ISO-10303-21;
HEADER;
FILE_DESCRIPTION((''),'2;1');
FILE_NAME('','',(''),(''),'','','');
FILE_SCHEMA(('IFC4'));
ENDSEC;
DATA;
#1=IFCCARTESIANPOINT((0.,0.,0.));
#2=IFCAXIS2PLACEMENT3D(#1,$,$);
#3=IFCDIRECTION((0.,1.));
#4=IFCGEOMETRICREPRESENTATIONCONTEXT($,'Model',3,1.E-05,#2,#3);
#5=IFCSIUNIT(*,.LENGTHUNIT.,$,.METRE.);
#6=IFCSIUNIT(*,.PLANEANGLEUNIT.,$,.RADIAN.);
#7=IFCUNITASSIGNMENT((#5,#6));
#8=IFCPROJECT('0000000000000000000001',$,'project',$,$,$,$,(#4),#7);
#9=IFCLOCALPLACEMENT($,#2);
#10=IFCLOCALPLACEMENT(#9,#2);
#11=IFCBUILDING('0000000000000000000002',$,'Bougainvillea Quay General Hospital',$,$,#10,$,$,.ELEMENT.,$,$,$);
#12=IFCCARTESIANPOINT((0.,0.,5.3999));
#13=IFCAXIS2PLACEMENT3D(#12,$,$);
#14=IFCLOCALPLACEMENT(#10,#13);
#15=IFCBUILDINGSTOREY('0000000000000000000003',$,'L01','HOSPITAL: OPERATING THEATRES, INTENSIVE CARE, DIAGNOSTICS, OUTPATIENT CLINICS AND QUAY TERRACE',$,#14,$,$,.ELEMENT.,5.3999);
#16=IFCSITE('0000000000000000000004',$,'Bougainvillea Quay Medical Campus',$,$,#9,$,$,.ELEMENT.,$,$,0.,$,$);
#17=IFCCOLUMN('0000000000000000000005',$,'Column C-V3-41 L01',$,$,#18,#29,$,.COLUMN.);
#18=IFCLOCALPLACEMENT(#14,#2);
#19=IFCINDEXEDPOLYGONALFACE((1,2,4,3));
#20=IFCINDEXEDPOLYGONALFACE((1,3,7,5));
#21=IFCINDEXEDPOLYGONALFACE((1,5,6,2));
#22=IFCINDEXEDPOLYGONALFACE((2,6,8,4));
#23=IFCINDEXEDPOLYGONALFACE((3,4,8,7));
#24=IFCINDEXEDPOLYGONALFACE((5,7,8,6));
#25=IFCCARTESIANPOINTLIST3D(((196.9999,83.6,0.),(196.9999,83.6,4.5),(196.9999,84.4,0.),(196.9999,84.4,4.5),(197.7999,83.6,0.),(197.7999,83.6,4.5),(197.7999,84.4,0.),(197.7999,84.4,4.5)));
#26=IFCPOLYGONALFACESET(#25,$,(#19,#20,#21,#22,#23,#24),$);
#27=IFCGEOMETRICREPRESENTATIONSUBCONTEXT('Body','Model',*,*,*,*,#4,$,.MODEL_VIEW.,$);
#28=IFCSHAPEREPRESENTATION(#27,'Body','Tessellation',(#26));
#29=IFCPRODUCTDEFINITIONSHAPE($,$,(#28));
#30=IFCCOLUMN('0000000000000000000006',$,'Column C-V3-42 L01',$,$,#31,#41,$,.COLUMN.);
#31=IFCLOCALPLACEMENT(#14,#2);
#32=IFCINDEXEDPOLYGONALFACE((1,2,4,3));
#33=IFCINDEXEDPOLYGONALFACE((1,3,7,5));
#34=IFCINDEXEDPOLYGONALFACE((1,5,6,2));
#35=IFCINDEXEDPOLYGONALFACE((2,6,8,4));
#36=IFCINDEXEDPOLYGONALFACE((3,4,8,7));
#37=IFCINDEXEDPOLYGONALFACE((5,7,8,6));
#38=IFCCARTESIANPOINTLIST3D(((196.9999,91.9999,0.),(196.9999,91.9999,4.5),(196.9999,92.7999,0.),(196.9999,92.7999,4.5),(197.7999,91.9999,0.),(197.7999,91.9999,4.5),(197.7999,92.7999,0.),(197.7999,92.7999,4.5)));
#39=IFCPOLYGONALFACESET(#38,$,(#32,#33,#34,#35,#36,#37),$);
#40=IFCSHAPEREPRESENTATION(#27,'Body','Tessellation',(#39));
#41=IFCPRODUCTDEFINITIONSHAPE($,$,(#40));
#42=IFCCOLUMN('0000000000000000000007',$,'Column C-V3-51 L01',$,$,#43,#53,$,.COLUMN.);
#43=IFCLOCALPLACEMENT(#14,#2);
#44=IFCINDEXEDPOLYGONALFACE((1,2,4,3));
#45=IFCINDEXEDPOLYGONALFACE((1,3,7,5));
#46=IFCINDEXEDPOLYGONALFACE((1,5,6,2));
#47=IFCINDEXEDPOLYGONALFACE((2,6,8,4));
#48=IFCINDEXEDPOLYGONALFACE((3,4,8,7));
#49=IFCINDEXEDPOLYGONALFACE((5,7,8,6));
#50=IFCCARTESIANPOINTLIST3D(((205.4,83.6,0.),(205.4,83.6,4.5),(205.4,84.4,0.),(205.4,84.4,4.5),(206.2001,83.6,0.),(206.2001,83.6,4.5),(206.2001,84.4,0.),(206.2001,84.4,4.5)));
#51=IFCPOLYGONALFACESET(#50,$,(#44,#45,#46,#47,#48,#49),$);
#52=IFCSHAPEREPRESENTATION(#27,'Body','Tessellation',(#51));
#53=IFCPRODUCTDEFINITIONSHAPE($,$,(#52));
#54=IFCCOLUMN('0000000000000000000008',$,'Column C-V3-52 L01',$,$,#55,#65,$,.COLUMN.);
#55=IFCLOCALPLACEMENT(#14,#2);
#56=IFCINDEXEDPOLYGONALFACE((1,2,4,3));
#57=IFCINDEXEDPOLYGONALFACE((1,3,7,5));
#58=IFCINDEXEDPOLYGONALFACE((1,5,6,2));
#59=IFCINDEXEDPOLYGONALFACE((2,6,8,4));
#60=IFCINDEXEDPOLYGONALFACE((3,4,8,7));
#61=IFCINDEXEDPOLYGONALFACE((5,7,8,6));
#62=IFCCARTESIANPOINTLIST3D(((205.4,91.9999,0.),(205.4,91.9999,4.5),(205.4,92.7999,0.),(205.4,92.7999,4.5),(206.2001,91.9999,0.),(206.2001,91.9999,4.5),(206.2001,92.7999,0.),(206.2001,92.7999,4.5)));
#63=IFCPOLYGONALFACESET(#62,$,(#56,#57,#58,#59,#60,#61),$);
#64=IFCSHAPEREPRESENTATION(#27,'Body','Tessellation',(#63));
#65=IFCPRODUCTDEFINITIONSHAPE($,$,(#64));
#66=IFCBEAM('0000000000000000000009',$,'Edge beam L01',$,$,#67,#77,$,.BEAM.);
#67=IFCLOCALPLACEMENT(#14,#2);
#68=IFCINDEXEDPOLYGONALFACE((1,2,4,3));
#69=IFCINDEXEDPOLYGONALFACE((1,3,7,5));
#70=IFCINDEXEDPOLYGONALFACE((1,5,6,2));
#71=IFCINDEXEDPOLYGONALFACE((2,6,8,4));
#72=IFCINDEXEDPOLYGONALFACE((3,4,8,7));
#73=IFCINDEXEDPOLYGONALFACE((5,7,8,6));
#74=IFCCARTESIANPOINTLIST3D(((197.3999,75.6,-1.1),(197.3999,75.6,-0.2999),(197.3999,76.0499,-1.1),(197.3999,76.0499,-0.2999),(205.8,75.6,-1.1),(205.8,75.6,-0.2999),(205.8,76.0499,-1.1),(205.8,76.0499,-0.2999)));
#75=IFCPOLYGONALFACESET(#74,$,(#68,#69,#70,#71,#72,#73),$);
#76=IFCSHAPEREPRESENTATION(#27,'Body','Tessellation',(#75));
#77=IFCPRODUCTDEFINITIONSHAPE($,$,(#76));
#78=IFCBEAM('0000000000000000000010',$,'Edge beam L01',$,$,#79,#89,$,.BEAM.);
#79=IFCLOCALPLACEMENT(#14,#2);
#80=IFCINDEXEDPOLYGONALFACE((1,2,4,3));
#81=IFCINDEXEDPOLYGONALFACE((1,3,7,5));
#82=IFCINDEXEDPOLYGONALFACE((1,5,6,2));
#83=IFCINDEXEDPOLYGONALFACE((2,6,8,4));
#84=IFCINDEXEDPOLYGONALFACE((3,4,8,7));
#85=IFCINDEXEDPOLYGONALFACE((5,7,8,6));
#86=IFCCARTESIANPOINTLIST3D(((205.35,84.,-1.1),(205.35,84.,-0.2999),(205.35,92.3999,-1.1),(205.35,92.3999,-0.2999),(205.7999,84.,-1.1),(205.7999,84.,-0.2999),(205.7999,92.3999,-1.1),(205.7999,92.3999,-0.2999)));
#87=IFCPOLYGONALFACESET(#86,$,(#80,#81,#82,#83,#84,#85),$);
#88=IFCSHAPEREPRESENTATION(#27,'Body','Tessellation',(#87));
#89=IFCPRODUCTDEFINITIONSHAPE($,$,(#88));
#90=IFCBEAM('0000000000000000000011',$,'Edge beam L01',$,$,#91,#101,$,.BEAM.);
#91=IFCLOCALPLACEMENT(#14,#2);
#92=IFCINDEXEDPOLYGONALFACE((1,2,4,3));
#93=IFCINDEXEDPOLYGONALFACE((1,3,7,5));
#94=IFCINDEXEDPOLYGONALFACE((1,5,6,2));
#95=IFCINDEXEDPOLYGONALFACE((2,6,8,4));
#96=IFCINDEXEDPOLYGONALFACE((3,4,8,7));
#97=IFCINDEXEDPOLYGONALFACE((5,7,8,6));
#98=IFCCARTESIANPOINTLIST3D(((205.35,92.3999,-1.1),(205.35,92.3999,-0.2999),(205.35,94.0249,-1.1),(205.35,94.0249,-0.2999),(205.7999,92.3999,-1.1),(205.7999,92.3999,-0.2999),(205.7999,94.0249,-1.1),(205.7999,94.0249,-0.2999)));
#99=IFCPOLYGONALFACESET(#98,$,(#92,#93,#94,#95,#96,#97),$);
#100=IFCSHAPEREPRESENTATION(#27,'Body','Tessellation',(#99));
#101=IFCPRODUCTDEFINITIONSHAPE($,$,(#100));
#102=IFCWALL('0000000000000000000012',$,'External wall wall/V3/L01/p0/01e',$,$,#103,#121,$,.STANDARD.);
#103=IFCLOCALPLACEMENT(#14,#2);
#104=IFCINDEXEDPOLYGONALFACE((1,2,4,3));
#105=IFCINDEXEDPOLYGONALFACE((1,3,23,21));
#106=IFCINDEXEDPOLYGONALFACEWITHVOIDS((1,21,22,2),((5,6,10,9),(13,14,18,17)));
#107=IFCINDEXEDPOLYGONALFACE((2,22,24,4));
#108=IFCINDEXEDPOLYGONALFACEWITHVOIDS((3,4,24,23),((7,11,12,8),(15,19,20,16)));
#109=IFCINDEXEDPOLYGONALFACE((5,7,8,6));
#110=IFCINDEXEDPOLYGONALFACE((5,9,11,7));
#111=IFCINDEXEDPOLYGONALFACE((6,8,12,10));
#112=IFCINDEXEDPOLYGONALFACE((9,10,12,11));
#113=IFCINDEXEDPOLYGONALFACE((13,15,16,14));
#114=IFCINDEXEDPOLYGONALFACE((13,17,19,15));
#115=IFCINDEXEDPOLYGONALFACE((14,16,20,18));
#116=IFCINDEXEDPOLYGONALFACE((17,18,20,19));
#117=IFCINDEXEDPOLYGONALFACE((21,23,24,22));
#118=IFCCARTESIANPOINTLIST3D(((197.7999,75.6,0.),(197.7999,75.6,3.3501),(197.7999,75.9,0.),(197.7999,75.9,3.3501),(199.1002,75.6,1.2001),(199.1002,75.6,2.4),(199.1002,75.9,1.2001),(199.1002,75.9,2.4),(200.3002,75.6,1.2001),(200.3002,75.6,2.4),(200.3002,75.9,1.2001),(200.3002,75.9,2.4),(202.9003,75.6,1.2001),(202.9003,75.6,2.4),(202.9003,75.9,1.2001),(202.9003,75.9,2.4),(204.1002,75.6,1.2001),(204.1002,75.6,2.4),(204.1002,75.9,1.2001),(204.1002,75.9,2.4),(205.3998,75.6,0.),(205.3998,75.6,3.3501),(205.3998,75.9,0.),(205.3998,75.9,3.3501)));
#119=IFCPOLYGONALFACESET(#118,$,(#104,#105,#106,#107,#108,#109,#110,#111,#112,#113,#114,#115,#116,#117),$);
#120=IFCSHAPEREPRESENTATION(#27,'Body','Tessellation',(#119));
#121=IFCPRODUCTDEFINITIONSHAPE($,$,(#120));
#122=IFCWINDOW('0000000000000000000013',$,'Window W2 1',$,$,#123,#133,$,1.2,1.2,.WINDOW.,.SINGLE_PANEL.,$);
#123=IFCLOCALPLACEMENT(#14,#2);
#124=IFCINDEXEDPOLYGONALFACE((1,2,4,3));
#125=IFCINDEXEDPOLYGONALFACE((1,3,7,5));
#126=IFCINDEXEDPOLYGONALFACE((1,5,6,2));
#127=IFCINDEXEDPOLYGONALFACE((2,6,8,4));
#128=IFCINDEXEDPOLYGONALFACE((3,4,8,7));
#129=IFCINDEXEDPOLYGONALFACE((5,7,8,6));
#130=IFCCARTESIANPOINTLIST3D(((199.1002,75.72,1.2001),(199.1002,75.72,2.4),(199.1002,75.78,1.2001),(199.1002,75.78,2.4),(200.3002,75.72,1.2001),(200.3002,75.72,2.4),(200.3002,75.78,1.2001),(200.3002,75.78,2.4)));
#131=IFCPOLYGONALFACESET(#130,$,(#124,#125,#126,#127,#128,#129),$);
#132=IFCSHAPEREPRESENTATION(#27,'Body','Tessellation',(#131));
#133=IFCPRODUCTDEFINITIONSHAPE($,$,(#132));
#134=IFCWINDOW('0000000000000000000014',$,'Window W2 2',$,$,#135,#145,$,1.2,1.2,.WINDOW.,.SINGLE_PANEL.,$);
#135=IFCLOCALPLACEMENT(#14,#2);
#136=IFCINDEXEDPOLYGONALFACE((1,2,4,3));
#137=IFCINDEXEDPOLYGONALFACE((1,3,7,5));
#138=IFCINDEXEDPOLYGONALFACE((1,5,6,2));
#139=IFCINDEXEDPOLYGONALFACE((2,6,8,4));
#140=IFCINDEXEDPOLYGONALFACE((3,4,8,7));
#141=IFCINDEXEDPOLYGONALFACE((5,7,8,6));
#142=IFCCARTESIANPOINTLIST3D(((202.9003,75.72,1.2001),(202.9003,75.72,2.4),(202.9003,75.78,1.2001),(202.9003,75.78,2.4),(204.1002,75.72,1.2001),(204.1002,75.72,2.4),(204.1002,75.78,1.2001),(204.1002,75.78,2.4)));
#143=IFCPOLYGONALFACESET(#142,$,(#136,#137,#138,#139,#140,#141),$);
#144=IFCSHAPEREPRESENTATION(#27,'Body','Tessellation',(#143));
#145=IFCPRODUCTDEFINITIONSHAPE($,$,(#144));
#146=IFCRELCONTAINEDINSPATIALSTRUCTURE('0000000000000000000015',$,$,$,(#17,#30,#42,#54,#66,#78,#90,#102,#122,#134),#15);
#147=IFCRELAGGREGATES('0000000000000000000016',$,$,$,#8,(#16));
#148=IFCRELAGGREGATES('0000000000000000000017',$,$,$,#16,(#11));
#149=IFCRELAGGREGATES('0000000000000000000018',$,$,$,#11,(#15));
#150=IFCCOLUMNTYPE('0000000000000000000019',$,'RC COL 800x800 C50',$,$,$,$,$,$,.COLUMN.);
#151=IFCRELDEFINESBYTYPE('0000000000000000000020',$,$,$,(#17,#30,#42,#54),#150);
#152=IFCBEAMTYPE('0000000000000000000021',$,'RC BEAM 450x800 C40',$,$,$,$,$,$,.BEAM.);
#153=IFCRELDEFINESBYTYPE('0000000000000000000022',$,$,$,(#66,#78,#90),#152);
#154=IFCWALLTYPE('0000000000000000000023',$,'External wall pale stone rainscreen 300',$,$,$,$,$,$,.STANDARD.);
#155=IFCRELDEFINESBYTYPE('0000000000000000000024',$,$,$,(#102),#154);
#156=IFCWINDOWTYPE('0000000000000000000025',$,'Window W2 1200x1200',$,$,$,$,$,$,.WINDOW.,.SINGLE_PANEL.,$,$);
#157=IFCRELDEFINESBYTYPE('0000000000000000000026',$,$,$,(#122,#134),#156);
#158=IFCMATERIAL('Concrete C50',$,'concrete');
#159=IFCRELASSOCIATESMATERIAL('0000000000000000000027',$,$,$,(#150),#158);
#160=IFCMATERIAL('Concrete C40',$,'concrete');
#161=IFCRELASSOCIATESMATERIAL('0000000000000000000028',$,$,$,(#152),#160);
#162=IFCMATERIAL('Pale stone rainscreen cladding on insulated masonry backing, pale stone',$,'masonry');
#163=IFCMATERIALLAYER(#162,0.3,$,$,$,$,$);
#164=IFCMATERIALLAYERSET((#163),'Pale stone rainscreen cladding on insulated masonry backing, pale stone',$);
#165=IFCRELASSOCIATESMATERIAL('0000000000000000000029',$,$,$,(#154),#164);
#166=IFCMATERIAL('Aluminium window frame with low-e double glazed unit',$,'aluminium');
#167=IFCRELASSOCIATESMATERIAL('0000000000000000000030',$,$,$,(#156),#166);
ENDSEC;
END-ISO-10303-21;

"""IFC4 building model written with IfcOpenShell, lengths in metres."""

from ifc_helpers import new_model, si_unit, direction, frame, frame_2d, origin, origin_2d, place, context, subcontext, project, spatial, rectangle, extrude, material, layer, layer_set, material_profile, profile_set, type_object, element, fill, save


model = new_model("IFC4")

# Units and contexts
model_context = context("Model", 3, precision=1e-05, world=origin(), true_north=direction((0.0, 1.0)))
body_context = subcontext(model_context, "Body", "Model", "MODEL_VIEW")
ifc_project = project(units=[si_unit("LENGTHUNIT", "METRE"), si_unit("PLANEANGLEUNIT", "RADIAN")], contexts=[model_context])

# Site, building, storey
site_placement = place(None, origin())
site = spatial("IfcSite", under=ifc_project, at=site_placement, Name="Bougainvillea Quay Medical Campus", CompositionType="ELEMENT", RefElevation=0.0)
building_placement = place(site_placement, origin())
building = spatial("IfcBuilding", under=site, at=building_placement, Name="Bougainvillea Quay General Hospital", CompositionType="ELEMENT")
storey_placement = place(building_placement, frame((0.0, 0.0, 5.3999)))
storey = spatial("IfcBuildingStorey", under=building, at=storey_placement, Name="L01", Description="HOSPITAL: OPERATING THEATRES, INTENSIVE CARE, DIAGNOSTICS, OUTPATIENT CLINICS AND QUAY TERRACE", CompositionType="ELEMENT", Elevation=5.3999)

# Columns
ifc_material_1 = material(Name="Concrete C50", Category="concrete")
ifc_material_profile_1 = material_profile(ifc_material_1, rectangle(XDim=0.8, YDim=0.8, at=origin_2d()))
ifc_profile_set_1 = profile_set([ifc_material_profile_1], Name="Concrete C50")
column_type = type_object("IfcColumnType", Name="RC COL 800x800 C50", PredefinedType="COLUMN", material=ifc_profile_set_1)
for number, where, z_axis, x_axis, name in (
    (1, (197.3999, 84.0, 0.0), (0.0, 0.0, 1.0), (1.0, 0.0, 0.0), "Column C-V3-41 L01"),
    (2, (197.3999, 92.3999, 0.0), (0.0, 0.0, 1.0), (1.0, 0.0, 0.0), "Column C-V3-42 L01"),
    (3, (205.8, 84.0, 0.0), (0.0, 0.0, 1.0), (1.0, 0.0, 0.0), "Column C-V3-51 L01"),
    (4, (205.8, 92.3999, 0.0), (0.0, 0.0, 1.0), (1.0, 0.0, 0.0), "Column C-V3-52 L01"),
):
    element("IfcColumn", number, at=place(storey_placement, frame(where, z_axis=z_axis, x_axis=x_axis)), inside=storey, type_object=column_type, Name=name, PredefinedType="COLUMN", context=body_context, shape_type="SweptSolid", body=[
        extrude(rectangle(XDim=0.8, YDim=0.8, at=origin_2d()), origin(), (0.0, 0.0, 1.0), 4.5),
    ])

# Beams
ifc_material_2 = material(Name="Concrete C40", Category="concrete")
ifc_material_profile_2 = material_profile(ifc_material_2, rectangle(XDim=0.45, YDim=0.8, at=origin_2d()))
ifc_profile_set_2 = profile_set([ifc_material_profile_2], Name="Concrete C40")
beam_type = type_object("IfcBeamType", Name="RC BEAM 450x800 C40", PredefinedType="BEAM", material=ifc_profile_set_2)
beam_1_placement = place(storey_placement, frame((197.3999, 75.825, -0.7), z_axis=(1.0, 0.0, 0.0), x_axis=(0.0, 1.0, 0.0)))
element("IfcBeam", 5, at=beam_1_placement, inside=storey, type_object=beam_type, Name="Edge beam L01", PredefinedType="BEAM", context=body_context, shape_type="SweptSolid", body=[
    extrude(rectangle(XDim=0.45, YDim=0.8, at=origin_2d()), origin(), (0.0, 0.0, 1.0), 8.4001),
])
beam_2_placement = place(storey_placement, frame((205.575, 84.0, -0.7), z_axis=(0.0, 1.0, 0.0), x_axis=(-1.0, 0.0, 0.0)))
element("IfcBeam", 6, at=beam_2_placement, inside=storey, type_object=beam_type, Name="Edge beam L01", PredefinedType="BEAM", context=body_context, shape_type="SweptSolid", body=[
    extrude(rectangle(XDim=0.45, YDim=0.8, at=origin_2d()), origin(), (0.0, 0.0, 1.0), 8.3999),
])
beam_3_placement = place(storey_placement, frame((205.575, 92.3999, -0.7), z_axis=(0.0, 1.0, 0.0), x_axis=(-1.0, 0.0, 0.0)))
element("IfcBeam", 7, at=beam_3_placement, inside=storey, type_object=beam_type, Name="Edge beam L01", PredefinedType="BEAM", context=body_context, shape_type="SweptSolid", body=[
    extrude(rectangle(XDim=0.45, YDim=0.8, at=origin_2d()), origin(), (0.0, 0.0, 1.0), 1.625),
])

# Wall, openings, windows
ifc_material_3 = material(Name="Pale stone rainscreen cladding on insulated masonry backing, pale stone", Category="masonry")
ifc_layer_1 = layer(ifc_material_3, 0.3)
ifc_layer_set_1 = layer_set([ifc_layer_1], Name="Pale stone rainscreen cladding on insulated masonry backing, pale stone")
wall_type_1 = type_object("IfcWallType", Name="External wall pale stone rainscreen 300", PredefinedType="STANDARD", material=ifc_layer_set_1)
wall_1_placement = place(storey_placement, frame((197.8, 75.75, 0.0), z_axis=(0.0, 0.0, 1.0), x_axis=(1.0, 0.0, 0.0)))
wall_1 = element("IfcWall", 8, at=wall_1_placement, inside=storey, type_object=wall_type_1, Name="External wall wall/V3/L01/p0/01e", PredefinedType="STANDARD", context=body_context, shape_type="SweptSolid", body=[
    extrude(rectangle(XDim=7.5999, YDim=0.3, at=frame_2d((3.7998, 0.0))), origin(), (0.0, 0.0, 1.0), 3.3501),
])
opening_1_placement = place(wall_1_placement, frame((1.3, 0.0, 1.2)))
opening_1 = element("IfcOpeningElement", 9, at=opening_1_placement, cuts=wall_1, PredefinedType="OPENING", context=body_context, shape_type="SweptSolid", body=[
    extrude(rectangle(XDim=1.2, YDim=1.2, at=frame_2d((0.6001, 0.6001))), frame((0.0, 0.1599, 0.0), z_axis=(0.0, -1.0, 0.0), x_axis=(1.0, 0.0, 0.0)), (0.0, 0.0, 1.0), 0.3201),
])
opening_2_placement = place(wall_1_placement, frame((5.1001, 0.0, 1.2)))
opening_2 = element("IfcOpeningElement", 10, at=opening_2_placement, cuts=wall_1, PredefinedType="OPENING", context=body_context, shape_type="SweptSolid", body=[
    extrude(rectangle(XDim=1.2, YDim=1.2, at=frame_2d((0.6001, 0.6001))), frame((0.0, 0.1599, 0.0), z_axis=(0.0, -1.0, 0.0), x_axis=(1.0, 0.0, 0.0)), (0.0, 0.0, 1.0), 0.3201),
])
ifc_material_4 = material(Name="Aluminium window frame with low-e double glazed unit", Category="aluminium")
window_type = type_object("IfcWindowType", Name="Window W2 1200x1200", PartitioningType="SINGLE_PANEL", PredefinedType="WINDOW", material=ifc_material_4)
window_1_placement = place(opening_1_placement, origin())
window_1 = element("IfcWindow", 11, at=window_1_placement, inside=storey, type_object=window_type, Name="Window W2 1", OverallHeight=1.2, OverallWidth=1.2, PartitioningType="SINGLE_PANEL", PredefinedType="WINDOW", context=body_context, shape_type="SweptSolid", body=[
    extrude(rectangle(XDim=1.2, YDim=1.2, at=frame_2d((0.6001, 0.6001))), frame((0.0, 0.03, 0.0), z_axis=(0.0, -1.0, 0.0), x_axis=(1.0, 0.0, 0.0)), (0.0, 0.0, 1.0), 0.0601),
])
fill(opening_1, window_1)
window_2_placement = place(opening_2_placement, origin())
window_2 = element("IfcWindow", 12, at=window_2_placement, inside=storey, type_object=window_type, Name="Window W2 2", OverallHeight=1.2, OverallWidth=1.2, PartitioningType="SINGLE_PANEL", PredefinedType="WINDOW", context=body_context, shape_type="SweptSolid", body=[
    extrude(rectangle(XDim=1.2, YDim=1.2, at=frame_2d((0.6001, 0.6001))), frame((0.0, 0.03, 0.0), z_axis=(0.0, -1.0, 0.0), x_axis=(1.0, 0.0, 0.0)), (0.0, 0.0, 1.0), 0.0601),
])
fill(opening_2, window_2)

save(model, "model.ifc")
